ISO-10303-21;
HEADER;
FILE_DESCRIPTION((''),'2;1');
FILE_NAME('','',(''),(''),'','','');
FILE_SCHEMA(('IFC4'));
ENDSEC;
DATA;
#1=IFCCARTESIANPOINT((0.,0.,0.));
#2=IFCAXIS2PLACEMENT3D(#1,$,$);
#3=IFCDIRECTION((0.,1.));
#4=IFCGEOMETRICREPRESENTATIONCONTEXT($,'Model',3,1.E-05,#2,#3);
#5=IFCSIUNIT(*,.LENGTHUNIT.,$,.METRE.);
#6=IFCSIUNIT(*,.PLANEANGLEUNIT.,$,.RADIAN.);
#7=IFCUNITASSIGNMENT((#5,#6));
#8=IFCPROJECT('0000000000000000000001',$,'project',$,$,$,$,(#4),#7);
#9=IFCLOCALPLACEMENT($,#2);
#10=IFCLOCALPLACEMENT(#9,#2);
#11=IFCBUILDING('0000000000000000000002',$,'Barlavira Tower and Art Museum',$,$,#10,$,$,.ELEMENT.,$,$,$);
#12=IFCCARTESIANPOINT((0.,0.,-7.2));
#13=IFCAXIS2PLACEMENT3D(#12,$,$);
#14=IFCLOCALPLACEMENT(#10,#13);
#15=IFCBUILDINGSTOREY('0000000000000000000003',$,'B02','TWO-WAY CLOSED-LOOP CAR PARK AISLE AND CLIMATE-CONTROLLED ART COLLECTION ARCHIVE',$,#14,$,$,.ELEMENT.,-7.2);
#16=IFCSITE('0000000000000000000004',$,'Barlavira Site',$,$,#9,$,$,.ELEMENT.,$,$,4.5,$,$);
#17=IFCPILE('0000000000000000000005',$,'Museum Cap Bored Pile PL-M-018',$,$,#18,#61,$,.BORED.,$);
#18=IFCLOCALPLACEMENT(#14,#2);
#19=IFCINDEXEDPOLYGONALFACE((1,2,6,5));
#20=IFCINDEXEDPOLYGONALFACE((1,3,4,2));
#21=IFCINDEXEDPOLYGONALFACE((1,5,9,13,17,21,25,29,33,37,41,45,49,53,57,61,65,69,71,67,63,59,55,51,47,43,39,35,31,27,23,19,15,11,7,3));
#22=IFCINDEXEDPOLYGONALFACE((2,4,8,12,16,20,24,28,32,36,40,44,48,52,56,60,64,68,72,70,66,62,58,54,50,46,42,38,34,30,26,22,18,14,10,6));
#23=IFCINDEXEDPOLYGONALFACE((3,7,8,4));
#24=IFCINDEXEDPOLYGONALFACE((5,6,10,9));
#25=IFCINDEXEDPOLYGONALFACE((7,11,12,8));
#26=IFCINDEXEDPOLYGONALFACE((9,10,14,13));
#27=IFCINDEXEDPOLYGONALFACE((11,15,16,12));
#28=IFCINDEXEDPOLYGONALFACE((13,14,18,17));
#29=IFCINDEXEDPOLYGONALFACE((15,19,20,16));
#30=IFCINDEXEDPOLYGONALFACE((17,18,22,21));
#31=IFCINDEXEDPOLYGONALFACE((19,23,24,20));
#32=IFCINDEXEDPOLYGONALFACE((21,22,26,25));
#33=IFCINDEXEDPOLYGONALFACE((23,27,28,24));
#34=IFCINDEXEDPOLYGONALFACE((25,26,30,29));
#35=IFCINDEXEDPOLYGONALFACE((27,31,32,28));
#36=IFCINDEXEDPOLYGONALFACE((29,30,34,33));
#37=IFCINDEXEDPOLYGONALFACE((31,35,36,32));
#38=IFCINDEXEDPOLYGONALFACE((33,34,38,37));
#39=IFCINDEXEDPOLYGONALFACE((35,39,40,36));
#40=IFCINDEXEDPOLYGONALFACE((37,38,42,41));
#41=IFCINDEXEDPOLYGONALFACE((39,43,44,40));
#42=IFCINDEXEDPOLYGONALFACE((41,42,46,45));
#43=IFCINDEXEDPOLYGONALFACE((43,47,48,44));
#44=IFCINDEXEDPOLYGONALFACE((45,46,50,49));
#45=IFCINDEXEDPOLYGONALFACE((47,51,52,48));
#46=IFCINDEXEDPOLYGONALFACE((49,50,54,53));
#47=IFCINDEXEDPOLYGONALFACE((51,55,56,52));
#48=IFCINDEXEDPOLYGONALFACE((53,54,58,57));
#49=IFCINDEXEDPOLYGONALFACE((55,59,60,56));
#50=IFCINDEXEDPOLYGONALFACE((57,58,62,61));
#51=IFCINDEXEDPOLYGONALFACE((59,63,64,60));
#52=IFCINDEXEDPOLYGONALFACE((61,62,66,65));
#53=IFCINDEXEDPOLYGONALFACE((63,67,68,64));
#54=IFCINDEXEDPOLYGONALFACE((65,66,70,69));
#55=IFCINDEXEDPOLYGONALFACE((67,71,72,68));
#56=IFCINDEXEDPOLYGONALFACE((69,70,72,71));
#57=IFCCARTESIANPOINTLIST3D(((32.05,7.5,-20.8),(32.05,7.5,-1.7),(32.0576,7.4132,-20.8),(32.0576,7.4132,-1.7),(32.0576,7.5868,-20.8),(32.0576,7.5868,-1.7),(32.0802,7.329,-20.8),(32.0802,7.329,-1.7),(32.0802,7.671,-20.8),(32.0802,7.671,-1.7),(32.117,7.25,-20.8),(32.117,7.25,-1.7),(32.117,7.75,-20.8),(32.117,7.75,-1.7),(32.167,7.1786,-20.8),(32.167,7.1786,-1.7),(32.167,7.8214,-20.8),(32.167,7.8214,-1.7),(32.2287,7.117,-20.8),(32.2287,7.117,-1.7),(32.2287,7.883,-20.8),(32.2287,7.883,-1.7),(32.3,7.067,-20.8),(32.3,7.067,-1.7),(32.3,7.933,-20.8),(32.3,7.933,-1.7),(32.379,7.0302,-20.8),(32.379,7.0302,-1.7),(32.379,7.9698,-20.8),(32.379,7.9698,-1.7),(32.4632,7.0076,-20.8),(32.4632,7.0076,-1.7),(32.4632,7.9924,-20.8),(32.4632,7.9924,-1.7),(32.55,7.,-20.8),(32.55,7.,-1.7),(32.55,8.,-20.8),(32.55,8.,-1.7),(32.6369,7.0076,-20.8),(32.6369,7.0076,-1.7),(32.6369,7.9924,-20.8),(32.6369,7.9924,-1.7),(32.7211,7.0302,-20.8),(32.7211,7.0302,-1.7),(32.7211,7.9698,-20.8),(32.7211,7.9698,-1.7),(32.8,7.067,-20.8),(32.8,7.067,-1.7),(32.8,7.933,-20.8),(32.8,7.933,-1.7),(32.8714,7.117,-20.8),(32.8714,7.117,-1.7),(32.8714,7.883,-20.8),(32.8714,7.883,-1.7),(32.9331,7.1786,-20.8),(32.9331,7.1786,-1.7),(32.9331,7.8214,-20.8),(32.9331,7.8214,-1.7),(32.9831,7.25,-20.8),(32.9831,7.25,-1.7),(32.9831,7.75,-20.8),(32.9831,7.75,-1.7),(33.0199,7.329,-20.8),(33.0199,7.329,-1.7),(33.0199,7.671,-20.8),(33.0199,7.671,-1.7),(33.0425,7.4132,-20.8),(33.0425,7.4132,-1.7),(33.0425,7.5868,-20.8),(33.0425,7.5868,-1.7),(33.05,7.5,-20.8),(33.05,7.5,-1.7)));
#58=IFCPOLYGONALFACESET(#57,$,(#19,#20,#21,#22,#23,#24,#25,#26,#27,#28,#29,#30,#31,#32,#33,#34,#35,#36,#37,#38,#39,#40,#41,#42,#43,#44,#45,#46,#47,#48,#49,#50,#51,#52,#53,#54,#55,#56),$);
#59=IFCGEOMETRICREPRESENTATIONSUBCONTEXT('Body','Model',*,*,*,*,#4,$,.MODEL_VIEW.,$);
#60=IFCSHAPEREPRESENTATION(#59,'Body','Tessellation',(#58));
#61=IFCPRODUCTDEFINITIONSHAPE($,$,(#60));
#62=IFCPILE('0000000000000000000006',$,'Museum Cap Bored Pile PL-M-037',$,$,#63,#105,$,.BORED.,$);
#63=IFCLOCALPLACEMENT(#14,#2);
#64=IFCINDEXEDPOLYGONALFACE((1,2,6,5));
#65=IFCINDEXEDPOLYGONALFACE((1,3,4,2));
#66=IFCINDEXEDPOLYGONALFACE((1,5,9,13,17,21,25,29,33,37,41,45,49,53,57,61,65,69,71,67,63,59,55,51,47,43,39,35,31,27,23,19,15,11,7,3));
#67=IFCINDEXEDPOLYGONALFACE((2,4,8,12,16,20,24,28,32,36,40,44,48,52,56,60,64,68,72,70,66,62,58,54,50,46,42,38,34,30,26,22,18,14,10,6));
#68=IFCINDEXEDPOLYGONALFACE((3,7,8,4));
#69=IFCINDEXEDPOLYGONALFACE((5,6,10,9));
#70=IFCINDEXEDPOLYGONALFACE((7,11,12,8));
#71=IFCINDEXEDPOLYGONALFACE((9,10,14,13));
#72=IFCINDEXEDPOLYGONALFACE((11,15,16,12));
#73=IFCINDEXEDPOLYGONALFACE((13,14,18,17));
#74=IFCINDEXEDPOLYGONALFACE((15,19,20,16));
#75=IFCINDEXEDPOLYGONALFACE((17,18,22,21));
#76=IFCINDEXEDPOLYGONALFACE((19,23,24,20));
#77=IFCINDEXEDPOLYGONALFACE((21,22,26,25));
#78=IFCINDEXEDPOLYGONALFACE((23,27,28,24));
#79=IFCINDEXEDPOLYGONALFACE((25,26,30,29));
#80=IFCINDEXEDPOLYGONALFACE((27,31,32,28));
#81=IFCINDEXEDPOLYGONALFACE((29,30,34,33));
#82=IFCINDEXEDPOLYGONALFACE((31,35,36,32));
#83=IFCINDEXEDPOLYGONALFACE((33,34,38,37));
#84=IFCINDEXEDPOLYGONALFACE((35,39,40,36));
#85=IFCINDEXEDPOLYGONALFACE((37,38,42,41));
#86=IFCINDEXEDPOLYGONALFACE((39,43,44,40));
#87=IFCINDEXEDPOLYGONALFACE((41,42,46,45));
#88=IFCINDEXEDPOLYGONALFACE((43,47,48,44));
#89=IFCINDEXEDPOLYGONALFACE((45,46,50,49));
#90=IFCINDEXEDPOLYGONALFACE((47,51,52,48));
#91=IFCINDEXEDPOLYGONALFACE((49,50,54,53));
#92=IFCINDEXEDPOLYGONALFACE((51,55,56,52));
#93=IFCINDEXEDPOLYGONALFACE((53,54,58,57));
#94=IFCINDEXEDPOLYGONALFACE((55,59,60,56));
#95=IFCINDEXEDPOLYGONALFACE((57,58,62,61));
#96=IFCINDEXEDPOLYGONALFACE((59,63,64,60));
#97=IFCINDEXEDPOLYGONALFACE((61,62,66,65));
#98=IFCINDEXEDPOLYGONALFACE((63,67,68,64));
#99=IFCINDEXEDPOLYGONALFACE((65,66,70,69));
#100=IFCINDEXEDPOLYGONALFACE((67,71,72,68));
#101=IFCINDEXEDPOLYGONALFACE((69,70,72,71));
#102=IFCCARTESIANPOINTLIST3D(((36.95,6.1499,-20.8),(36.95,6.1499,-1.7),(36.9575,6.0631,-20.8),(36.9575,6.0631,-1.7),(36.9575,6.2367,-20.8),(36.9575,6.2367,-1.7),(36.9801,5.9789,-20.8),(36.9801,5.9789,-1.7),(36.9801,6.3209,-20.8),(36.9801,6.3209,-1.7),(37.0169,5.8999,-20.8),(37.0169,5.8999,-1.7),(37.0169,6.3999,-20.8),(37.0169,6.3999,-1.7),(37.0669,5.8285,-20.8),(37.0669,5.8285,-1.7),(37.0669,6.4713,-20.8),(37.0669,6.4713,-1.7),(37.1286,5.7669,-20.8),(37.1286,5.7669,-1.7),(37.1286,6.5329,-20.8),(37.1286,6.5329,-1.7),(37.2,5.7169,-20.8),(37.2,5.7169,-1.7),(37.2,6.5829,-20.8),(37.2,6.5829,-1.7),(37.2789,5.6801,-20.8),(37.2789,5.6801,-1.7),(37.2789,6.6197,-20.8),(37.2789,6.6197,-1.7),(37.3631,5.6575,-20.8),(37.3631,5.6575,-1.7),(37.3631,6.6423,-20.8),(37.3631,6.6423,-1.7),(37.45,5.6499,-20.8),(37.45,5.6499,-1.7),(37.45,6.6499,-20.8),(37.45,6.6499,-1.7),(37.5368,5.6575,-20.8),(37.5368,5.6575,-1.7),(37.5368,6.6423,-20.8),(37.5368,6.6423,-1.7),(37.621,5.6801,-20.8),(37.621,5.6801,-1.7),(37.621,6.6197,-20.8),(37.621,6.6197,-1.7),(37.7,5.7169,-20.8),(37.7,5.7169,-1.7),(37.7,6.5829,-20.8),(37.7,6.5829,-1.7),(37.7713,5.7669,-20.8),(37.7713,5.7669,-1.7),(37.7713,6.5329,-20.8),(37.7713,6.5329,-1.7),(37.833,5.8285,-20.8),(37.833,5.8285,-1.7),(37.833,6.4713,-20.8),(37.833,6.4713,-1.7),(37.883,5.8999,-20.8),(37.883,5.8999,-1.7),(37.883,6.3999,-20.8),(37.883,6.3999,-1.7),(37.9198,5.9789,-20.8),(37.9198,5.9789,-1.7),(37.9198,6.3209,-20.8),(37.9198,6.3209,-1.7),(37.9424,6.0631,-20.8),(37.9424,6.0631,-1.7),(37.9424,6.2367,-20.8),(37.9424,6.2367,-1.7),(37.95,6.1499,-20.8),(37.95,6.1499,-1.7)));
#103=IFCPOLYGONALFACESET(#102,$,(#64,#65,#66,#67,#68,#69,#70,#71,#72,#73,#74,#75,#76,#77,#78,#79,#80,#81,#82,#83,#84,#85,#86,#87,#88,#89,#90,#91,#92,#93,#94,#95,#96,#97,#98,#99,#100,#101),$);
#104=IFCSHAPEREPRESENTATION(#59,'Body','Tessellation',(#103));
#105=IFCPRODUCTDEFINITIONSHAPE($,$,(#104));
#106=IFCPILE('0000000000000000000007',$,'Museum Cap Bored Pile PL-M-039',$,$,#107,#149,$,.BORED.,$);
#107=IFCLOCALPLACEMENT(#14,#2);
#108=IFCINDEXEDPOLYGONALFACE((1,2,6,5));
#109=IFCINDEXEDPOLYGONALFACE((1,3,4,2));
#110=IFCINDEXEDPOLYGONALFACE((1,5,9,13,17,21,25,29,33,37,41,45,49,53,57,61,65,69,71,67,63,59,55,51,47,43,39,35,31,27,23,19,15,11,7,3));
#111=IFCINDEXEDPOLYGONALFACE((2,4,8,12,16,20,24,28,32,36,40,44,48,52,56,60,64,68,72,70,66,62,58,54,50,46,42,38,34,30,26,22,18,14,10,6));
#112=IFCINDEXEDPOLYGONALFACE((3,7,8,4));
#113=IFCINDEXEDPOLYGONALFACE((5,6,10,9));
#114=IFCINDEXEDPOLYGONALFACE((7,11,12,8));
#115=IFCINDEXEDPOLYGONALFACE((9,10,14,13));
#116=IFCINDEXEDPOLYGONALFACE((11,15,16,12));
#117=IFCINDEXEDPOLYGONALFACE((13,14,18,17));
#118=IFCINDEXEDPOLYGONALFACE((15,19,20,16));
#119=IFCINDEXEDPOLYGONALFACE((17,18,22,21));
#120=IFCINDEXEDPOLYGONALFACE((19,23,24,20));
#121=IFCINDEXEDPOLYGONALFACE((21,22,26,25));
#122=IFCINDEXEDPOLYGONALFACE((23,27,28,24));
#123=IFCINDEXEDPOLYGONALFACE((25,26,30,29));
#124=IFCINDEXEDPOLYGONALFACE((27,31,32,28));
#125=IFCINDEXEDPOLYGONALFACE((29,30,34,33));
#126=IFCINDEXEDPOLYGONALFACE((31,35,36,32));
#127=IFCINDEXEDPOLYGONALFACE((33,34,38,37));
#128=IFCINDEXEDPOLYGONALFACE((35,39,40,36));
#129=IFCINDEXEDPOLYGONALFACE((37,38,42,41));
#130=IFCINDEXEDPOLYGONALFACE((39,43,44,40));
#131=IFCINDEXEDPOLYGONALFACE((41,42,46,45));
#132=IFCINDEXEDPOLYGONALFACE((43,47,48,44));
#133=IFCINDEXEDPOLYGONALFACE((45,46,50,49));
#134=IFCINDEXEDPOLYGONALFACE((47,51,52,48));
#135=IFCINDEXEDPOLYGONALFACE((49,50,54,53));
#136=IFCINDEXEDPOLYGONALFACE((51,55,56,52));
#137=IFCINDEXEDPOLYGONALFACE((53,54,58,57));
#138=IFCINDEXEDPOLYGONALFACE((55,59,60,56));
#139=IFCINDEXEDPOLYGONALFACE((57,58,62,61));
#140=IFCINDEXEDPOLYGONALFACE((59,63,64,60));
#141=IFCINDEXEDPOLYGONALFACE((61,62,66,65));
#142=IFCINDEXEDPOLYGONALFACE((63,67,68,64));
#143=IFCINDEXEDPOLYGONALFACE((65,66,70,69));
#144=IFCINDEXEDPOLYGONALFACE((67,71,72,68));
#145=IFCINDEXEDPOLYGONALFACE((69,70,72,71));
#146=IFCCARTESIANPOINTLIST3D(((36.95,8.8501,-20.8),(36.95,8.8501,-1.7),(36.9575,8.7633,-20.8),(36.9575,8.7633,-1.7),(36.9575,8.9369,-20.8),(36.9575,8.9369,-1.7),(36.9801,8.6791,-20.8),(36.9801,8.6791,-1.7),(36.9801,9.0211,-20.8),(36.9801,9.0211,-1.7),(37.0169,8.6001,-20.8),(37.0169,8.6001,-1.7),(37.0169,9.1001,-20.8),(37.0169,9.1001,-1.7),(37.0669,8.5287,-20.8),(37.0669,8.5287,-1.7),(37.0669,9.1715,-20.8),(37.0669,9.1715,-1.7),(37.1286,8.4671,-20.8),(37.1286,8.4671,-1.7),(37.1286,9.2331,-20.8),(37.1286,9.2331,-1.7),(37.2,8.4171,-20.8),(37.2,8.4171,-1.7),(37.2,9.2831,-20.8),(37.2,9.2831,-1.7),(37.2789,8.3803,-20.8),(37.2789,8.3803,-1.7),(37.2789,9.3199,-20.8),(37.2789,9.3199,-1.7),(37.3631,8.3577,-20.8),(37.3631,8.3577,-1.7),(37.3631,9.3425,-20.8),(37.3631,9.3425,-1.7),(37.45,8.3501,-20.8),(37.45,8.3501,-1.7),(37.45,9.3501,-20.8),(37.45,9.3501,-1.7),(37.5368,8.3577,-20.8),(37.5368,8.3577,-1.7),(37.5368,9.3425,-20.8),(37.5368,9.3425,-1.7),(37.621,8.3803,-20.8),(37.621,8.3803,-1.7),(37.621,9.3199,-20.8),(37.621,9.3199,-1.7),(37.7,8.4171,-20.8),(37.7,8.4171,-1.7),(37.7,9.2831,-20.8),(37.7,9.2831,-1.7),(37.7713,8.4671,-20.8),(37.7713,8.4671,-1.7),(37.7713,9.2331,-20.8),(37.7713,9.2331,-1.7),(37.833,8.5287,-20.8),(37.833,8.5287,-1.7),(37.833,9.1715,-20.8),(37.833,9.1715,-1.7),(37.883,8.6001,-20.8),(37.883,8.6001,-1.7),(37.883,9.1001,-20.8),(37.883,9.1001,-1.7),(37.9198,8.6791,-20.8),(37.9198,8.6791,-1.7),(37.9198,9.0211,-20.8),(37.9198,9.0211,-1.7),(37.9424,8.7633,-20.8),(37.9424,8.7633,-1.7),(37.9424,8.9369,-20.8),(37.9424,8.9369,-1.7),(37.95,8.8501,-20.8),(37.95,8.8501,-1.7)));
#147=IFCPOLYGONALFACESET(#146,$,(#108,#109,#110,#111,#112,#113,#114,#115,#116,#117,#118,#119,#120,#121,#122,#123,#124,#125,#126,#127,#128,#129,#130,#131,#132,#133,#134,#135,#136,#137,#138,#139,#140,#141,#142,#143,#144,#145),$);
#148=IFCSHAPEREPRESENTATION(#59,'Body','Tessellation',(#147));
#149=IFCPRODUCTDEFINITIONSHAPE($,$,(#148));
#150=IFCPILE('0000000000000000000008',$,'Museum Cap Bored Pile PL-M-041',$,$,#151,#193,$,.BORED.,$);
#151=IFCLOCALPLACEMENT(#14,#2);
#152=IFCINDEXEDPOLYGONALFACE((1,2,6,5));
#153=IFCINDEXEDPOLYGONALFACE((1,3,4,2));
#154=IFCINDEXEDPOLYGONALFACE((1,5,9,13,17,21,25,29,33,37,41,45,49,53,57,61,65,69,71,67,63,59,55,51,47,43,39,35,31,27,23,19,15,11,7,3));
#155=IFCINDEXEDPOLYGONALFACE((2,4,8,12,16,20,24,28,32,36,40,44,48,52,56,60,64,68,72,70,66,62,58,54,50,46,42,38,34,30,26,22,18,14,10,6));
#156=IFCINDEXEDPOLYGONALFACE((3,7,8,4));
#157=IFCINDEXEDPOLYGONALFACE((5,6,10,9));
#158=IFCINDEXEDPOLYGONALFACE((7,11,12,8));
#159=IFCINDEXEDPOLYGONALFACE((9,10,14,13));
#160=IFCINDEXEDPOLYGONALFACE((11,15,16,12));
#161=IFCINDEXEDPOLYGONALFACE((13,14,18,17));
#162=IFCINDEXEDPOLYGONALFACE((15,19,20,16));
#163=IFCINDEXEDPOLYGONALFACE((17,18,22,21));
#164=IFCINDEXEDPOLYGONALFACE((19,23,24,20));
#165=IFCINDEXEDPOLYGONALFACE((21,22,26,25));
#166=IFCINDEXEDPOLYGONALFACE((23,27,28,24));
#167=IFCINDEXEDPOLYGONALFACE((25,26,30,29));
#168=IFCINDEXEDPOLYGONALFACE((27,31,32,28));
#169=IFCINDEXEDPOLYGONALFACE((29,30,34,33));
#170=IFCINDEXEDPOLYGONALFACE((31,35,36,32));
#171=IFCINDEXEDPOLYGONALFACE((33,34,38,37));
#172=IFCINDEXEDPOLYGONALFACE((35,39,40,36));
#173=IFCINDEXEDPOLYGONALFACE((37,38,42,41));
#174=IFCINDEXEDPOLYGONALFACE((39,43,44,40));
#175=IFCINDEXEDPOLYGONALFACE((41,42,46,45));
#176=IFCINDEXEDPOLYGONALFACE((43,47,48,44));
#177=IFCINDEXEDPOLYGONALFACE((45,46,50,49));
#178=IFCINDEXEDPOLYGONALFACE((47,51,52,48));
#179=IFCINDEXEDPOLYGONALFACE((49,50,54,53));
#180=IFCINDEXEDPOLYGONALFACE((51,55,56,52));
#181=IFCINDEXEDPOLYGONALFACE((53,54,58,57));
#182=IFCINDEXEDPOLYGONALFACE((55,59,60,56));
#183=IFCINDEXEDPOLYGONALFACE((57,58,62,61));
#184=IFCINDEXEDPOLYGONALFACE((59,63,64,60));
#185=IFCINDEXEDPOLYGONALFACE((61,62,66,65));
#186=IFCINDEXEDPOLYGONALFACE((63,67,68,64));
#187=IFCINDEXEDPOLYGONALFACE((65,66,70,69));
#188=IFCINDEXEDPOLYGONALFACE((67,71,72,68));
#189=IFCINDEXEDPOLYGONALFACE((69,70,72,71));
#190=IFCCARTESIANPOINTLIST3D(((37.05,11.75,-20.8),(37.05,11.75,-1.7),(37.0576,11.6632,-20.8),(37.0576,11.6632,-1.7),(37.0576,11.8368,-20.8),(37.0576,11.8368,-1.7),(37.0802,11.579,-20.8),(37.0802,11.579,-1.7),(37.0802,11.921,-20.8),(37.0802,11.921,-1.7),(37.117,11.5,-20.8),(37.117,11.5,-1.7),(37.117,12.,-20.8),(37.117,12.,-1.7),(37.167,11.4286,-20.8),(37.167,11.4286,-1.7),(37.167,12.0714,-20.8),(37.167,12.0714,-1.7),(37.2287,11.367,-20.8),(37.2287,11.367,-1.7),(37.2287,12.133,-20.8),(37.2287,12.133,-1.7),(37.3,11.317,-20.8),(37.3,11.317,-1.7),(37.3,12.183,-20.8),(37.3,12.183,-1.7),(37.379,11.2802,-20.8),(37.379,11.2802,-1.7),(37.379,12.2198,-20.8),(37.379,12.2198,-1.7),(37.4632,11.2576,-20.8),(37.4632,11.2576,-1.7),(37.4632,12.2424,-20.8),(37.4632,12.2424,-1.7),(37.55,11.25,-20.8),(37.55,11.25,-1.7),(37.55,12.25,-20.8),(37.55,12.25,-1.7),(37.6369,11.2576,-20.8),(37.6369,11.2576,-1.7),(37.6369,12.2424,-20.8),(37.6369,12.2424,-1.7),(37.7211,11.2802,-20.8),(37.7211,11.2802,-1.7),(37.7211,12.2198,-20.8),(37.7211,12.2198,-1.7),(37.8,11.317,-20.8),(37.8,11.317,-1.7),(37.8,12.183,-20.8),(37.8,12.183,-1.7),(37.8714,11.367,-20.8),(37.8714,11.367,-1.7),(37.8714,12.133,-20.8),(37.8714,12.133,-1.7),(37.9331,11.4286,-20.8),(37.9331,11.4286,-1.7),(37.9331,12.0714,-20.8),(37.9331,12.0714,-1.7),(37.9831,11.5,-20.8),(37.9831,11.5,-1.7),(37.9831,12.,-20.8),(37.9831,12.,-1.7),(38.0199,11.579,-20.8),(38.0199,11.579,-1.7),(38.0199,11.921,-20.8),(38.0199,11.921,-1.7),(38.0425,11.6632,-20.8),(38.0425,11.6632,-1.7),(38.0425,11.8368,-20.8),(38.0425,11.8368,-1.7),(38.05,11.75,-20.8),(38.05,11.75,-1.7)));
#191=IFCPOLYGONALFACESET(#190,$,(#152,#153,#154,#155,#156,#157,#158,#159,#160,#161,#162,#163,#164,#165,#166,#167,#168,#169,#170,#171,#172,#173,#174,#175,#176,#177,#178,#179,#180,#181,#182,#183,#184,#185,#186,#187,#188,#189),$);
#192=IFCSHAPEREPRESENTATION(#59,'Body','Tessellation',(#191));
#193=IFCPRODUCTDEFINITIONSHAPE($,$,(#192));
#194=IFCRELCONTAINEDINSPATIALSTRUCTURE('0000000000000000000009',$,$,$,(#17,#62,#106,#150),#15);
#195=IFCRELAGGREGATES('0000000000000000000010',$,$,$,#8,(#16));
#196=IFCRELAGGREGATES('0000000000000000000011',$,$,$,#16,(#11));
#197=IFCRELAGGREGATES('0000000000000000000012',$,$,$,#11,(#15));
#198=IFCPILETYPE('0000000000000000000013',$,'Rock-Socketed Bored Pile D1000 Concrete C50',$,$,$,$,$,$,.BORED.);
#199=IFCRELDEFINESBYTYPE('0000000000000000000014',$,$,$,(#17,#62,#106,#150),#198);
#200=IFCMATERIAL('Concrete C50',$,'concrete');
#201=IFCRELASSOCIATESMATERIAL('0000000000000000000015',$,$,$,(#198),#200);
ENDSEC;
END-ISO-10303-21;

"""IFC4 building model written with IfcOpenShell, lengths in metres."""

from ifc_helpers import new_model, si_unit, direction, frame, origin, origin_2d, place, context, subcontext, project, spatial, circle, extrude, material, material_profile, profile_set, type_object, element, save


model = new_model("IFC4")

# Units and contexts
model_context = context("Model", 3, precision=1e-05, world=origin(), true_north=direction((0.0, 1.0)))
body_context = subcontext(model_context, "Body", "Model", "MODEL_VIEW")
ifc_project = project(units=[si_unit("LENGTHUNIT", "METRE"), si_unit("PLANEANGLEUNIT", "RADIAN")], contexts=[model_context])

# Site, building, storey
site_placement = place(None, origin())
site = spatial("IfcSite", under=ifc_project, at=site_placement, Name="Barlavira Site", CompositionType="ELEMENT", RefElevation=4.5)
building_placement = place(site_placement, origin())
building = spatial("IfcBuilding", under=site, at=building_placement, Name="Barlavira Tower and Art Museum", CompositionType="ELEMENT")
storey_placement = place(building_placement, frame((0.0, 0.0, -7.2)))
storey = spatial("IfcBuildingStorey", under=building, at=storey_placement, Name="B02", Description="TWO-WAY CLOSED-LOOP CAR PARK AISLE AND CLIMATE-CONTROLLED ART COLLECTION ARCHIVE", CompositionType="ELEMENT", Elevation=-7.2)

# Shared definitions
ifc_material_1 = material(Name="Concrete C50", Category="concrete")

# Piles
ifc_material_profile_1 = material_profile(ifc_material_1, circle(Radius=0.5, at=origin_2d()), Name="BORED PILE D1000")
ifc_profile_set_1 = profile_set([ifc_material_profile_1], Name="Concrete C50")
pile_type = type_object("IfcPileType", Name="Rock-Socketed Bored Pile D1000 Concrete C50", PredefinedType="BORED", material=ifc_profile_set_1)
for number, where, z_axis, x_axis, name in (
    (1, (32.55, 7.5, -1.7), (0.0, 0.0, -1.0), (1.0, 0.0, 0.0), "Museum Cap Bored Pile PL-M-018"),
    (2, (37.45, 6.1499, -1.7), (0.0, 0.0, -1.0), (1.0, 0.0, 0.0), "Museum Cap Bored Pile PL-M-037"),
    (3, (37.45, 8.8501, -1.7), (0.0, 0.0, -1.0), (1.0, 0.0, 0.0), "Museum Cap Bored Pile PL-M-039"),
    (4, (37.55, 11.75, -1.7), (0.0, 0.0, -1.0), (1.0, 0.0, 0.0), "Museum Cap Bored Pile PL-M-041"),
):
    element("IfcPile", number, at=place(storey_placement, frame(where, z_axis=z_axis, x_axis=x_axis)), inside=storey, type_object=pile_type, Name=name, PredefinedType="BORED", context=body_context, shape_type="SweptSolid", body=[
        extrude(circle(Radius=0.5, at=origin_2d()), origin(), (0.0, 0.0, 1.0), 19.1001),
    ])

save(model, "model.ifc")
